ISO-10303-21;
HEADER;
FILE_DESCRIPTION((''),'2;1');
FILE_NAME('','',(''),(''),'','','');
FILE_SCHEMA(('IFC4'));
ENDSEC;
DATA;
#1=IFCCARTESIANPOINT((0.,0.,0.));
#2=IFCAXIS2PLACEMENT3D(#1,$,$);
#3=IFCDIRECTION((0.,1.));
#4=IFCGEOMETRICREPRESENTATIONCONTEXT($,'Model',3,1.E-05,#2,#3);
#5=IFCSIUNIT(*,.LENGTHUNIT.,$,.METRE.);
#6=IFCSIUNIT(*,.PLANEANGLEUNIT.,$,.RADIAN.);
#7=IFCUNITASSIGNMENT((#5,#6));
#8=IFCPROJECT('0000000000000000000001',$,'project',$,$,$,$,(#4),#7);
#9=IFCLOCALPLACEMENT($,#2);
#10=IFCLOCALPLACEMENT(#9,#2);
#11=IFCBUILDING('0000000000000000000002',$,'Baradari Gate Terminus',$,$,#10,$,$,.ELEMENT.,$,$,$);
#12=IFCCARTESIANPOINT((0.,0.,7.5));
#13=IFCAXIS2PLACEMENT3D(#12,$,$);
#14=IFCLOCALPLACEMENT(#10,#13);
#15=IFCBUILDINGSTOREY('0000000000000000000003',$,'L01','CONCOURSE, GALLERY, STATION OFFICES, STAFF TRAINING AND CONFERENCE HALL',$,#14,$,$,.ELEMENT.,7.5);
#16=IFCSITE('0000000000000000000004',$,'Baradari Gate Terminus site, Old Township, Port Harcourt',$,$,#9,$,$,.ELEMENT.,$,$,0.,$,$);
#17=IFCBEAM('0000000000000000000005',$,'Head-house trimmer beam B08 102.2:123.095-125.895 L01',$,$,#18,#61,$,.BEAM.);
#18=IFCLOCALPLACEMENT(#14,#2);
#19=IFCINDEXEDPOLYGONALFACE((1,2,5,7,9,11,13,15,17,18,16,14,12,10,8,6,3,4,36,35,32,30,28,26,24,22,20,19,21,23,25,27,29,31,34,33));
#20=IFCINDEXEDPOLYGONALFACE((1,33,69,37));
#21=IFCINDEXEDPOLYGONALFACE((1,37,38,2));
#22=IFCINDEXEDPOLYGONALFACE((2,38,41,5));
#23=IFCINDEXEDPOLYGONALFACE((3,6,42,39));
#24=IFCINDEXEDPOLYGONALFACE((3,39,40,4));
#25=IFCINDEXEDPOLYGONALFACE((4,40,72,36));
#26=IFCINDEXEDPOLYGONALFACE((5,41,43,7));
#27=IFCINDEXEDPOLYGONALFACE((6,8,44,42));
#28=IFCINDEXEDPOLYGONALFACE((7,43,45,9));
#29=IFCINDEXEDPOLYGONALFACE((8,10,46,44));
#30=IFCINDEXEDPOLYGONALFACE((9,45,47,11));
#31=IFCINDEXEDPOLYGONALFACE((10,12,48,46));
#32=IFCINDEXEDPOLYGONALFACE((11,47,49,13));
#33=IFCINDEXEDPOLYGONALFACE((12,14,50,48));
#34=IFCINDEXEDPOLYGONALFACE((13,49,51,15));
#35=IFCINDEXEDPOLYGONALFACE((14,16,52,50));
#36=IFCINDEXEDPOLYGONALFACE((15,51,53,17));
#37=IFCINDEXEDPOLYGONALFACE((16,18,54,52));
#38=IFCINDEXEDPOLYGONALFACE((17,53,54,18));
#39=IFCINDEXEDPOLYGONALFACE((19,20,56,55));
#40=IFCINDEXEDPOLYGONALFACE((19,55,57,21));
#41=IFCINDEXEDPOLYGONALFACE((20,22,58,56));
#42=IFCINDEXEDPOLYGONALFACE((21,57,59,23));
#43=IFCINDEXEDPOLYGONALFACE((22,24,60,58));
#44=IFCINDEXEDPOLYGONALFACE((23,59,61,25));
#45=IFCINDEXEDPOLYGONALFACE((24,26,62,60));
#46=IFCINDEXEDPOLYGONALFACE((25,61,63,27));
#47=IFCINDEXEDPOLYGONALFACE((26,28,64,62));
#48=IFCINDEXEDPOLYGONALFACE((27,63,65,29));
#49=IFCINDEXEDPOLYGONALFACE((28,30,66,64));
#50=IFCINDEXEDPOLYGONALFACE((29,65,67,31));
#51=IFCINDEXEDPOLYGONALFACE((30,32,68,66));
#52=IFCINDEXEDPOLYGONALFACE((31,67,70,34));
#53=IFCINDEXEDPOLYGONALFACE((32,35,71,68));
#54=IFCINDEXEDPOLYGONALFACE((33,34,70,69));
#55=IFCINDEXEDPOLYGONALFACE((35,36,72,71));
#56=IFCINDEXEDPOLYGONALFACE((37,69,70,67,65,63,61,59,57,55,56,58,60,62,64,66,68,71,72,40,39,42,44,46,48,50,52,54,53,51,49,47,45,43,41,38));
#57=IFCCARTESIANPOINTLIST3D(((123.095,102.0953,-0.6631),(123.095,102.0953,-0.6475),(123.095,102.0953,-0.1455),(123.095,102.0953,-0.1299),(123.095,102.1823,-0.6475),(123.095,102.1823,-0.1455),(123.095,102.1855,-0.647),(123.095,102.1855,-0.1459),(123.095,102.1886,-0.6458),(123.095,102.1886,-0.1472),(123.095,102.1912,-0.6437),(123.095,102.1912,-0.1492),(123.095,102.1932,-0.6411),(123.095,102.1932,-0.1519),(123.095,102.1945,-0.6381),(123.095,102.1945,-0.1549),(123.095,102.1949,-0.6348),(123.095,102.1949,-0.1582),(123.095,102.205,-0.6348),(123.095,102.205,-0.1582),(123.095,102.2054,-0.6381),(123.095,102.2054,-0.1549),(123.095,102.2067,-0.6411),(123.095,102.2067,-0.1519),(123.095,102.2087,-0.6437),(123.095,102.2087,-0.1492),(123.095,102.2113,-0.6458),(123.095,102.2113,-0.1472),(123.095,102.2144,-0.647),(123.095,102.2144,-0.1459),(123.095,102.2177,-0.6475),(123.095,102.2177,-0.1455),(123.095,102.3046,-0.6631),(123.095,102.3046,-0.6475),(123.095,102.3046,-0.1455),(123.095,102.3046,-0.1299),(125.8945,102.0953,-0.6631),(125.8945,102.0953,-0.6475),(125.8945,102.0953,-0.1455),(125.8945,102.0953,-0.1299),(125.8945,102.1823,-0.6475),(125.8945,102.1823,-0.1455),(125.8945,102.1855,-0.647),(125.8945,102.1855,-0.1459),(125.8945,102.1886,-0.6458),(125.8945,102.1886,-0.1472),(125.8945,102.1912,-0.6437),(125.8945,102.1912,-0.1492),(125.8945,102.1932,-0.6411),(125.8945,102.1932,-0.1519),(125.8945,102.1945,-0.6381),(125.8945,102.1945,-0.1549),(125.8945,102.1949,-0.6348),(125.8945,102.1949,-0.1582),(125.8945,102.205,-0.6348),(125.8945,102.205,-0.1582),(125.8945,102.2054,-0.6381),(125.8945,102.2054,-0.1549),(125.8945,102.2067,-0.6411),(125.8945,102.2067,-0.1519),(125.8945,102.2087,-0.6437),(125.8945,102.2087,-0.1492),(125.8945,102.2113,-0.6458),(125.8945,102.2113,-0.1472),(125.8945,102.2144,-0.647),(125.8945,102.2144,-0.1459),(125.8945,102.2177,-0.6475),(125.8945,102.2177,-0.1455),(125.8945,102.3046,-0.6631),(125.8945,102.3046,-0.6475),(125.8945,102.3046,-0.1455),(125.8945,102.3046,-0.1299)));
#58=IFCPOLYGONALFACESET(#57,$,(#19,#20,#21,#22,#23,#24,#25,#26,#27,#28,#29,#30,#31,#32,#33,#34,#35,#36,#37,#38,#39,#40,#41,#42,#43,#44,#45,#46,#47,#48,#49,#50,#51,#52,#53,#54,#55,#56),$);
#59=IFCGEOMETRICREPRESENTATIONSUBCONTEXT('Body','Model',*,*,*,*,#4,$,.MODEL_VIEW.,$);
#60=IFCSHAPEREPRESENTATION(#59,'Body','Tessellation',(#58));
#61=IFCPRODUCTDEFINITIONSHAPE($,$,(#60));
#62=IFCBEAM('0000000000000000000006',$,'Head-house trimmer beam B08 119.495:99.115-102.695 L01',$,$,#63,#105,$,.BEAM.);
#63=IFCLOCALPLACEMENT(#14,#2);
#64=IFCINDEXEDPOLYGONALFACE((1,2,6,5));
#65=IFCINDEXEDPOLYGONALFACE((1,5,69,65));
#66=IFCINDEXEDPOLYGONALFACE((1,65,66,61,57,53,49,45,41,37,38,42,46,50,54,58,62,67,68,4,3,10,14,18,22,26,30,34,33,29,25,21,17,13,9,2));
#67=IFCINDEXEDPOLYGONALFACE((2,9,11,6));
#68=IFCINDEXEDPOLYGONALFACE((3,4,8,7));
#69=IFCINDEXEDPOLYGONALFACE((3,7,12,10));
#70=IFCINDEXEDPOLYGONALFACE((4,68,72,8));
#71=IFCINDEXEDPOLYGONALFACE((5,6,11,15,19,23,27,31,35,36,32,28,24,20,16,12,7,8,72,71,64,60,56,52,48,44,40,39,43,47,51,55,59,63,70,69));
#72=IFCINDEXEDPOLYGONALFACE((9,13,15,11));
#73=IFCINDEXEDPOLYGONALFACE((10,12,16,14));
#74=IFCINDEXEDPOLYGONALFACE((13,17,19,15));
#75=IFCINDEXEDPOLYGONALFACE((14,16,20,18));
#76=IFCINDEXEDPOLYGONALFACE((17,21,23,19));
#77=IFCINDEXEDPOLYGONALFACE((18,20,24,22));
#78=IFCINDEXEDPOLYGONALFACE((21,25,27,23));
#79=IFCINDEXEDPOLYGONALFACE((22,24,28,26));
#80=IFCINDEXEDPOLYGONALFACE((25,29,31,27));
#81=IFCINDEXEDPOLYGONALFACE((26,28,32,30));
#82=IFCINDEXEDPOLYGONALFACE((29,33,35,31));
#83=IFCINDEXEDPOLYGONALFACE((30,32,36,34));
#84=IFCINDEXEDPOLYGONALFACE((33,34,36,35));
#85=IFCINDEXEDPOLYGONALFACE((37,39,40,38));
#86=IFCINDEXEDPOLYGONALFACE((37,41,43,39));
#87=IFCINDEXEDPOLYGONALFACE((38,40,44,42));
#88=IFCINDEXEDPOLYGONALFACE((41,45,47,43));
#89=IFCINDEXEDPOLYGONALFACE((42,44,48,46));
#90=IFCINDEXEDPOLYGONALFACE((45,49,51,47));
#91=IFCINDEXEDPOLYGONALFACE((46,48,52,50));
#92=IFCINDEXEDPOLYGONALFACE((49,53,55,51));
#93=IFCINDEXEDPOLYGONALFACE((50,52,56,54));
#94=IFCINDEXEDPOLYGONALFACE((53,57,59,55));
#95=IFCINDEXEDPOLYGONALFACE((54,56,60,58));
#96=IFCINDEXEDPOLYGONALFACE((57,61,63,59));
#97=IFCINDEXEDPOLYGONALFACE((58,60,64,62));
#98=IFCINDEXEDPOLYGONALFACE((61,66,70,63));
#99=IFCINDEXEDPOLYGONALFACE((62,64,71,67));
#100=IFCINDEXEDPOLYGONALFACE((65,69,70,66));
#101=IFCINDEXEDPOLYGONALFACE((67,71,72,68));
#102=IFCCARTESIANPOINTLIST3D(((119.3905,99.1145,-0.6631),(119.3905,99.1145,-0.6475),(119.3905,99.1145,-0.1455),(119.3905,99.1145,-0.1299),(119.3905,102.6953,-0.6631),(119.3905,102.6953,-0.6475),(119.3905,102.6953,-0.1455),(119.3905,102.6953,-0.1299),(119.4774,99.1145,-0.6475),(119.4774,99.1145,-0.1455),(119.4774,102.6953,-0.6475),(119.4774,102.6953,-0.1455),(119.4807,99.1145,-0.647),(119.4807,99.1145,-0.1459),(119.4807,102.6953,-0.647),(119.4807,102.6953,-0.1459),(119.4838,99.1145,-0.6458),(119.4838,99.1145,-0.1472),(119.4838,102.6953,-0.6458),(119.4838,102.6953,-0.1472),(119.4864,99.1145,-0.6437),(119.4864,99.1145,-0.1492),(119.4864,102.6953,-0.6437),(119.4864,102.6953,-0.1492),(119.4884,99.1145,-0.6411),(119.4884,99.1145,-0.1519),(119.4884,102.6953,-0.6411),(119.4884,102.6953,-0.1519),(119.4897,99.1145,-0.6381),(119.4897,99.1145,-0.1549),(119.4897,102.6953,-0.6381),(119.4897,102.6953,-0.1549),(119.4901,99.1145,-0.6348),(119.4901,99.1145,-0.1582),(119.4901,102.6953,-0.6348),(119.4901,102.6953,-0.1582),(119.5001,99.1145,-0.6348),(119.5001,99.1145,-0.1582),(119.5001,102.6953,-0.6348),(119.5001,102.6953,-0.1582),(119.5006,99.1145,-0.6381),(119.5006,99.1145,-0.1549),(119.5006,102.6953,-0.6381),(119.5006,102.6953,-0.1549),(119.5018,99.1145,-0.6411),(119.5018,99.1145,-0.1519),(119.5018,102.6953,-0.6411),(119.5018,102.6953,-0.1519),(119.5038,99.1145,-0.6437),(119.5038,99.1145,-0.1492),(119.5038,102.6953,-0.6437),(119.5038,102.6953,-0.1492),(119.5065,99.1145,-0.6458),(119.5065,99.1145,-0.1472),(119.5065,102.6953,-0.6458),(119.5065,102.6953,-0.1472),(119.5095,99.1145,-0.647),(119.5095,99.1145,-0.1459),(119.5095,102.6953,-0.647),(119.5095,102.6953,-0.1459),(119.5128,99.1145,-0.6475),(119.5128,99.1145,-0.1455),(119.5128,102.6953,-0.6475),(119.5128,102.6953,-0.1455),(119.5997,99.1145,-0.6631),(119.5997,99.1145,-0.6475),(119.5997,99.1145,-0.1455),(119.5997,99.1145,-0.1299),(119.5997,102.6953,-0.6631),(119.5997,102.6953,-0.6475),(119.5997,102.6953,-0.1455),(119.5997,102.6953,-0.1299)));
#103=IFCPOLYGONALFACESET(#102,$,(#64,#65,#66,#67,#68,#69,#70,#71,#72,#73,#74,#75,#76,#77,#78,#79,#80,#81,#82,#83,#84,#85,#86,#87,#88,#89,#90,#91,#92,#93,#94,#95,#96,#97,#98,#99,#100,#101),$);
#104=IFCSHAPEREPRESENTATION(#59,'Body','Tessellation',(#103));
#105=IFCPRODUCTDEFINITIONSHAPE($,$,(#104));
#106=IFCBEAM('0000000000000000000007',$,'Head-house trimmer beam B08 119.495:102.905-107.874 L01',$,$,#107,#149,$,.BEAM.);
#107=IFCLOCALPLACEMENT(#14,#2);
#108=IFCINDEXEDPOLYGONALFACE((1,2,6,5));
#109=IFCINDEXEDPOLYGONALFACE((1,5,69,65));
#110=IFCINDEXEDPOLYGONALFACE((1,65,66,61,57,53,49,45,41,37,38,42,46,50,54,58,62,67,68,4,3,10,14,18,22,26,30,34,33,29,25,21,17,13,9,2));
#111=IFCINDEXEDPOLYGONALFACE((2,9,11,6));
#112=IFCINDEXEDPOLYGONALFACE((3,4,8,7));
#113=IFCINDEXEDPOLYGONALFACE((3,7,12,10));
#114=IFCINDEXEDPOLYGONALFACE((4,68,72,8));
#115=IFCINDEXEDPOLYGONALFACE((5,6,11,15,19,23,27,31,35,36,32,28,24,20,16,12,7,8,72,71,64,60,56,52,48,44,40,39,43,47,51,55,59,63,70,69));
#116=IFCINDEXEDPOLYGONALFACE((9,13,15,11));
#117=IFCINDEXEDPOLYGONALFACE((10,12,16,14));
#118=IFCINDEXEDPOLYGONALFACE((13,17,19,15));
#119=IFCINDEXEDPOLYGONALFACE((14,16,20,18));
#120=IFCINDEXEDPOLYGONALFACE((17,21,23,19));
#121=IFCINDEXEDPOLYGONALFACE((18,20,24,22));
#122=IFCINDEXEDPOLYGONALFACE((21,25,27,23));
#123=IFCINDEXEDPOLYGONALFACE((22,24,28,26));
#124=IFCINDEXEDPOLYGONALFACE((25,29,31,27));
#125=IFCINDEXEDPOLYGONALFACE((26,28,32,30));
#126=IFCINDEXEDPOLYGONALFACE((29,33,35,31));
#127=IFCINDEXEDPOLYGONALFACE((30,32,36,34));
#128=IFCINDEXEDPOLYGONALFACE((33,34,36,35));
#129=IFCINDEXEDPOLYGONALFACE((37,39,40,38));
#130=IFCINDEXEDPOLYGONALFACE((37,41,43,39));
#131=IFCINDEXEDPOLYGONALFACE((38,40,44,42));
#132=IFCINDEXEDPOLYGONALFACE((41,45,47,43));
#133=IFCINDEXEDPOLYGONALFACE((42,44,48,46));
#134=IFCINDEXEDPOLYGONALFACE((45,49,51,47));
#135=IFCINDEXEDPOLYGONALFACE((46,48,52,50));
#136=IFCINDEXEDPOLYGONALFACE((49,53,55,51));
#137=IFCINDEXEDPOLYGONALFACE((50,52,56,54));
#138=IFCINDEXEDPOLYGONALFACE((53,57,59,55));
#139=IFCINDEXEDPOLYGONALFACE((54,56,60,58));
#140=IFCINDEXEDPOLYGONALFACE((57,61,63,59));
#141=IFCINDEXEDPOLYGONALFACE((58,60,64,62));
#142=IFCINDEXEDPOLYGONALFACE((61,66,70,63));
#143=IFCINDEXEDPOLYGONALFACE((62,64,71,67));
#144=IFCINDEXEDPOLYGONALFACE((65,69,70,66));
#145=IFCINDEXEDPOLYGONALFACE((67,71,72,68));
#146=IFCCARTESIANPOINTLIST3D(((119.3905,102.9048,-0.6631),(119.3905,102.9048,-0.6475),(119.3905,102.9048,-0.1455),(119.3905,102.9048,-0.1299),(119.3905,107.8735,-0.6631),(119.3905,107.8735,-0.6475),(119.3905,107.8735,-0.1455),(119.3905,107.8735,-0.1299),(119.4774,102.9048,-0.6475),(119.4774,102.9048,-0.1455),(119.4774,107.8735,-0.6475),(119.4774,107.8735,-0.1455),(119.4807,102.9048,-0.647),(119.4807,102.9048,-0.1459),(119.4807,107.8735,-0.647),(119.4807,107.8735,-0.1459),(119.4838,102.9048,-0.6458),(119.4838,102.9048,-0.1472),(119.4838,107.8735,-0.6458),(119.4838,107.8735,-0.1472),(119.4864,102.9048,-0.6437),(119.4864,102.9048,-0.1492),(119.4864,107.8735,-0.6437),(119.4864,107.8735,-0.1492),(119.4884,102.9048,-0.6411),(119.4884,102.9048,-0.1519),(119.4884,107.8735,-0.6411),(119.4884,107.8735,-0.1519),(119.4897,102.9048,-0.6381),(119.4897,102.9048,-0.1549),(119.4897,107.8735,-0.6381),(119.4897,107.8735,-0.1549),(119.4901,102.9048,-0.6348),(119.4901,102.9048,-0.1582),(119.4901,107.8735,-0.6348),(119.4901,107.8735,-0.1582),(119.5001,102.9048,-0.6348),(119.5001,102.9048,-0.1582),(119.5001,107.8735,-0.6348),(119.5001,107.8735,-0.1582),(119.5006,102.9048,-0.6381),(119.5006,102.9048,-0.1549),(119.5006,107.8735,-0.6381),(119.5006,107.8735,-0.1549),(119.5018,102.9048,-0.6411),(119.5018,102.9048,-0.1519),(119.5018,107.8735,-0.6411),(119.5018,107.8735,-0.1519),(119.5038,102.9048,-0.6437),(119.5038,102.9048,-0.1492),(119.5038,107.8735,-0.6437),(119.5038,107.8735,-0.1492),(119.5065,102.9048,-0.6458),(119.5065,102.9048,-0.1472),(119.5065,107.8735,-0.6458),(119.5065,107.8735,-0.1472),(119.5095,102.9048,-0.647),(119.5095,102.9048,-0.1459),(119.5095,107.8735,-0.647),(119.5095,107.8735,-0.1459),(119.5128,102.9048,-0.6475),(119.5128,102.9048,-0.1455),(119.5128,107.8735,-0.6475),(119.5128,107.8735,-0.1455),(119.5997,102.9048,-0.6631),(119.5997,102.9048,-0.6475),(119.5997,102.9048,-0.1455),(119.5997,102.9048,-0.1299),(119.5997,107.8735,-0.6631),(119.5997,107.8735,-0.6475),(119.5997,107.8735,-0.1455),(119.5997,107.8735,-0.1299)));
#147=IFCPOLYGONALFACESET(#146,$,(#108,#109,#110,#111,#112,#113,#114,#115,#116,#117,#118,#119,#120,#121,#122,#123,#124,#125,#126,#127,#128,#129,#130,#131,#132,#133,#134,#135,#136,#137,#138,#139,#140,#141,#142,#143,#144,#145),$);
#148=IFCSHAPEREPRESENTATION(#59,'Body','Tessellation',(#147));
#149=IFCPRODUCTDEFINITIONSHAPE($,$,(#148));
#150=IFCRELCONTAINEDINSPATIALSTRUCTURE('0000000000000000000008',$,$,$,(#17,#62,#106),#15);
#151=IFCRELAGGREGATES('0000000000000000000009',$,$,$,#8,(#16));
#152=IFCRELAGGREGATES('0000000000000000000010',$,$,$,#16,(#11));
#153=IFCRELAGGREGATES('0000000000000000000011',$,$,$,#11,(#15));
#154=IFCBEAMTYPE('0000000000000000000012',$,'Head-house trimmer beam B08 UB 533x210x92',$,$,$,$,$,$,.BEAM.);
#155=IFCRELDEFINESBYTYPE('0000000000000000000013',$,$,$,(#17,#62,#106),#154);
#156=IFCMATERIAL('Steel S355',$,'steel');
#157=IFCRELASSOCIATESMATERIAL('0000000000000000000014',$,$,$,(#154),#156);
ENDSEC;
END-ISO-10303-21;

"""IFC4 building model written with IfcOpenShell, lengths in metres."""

from ifc_helpers import new_model, si_unit, direction, frame, origin, origin_2d, place, context, subcontext, project, spatial, i_section, extrude, material, material_profile, profile_set, type_object, element, save


model = new_model("IFC4")

# Units and contexts
model_context = context("Model", 3, precision=1e-05, world=origin(), true_north=direction((0.0, 1.0)))
body_context = subcontext(model_context, "Body", "Model", "MODEL_VIEW")
ifc_project = project(units=[si_unit("LENGTHUNIT", "METRE"), si_unit("PLANEANGLEUNIT", "RADIAN")], contexts=[model_context])

# Site, building, storey
site_placement = place(None, origin())
site = spatial("IfcSite", under=ifc_project, at=site_placement, Name="Baradari Gate Terminus site, Old Township, Port Harcourt", CompositionType="ELEMENT", RefElevation=0.0)
building_placement = place(site_placement, origin())
building = spatial("IfcBuilding", under=site, at=building_placement, Name="Baradari Gate Terminus", CompositionType="ELEMENT")
storey_placement = place(building_placement, frame((0.0, 0.0, 7.5)))
storey = spatial("IfcBuildingStorey", under=building, at=storey_placement, Name="L01", Description="CONCOURSE, GALLERY, STATION OFFICES, STAFF TRAINING AND CONFERENCE HALL", CompositionType="ELEMENT", Elevation=7.5)

# Beams
ifc_material_1 = material(Name="Steel S355", Category="steel")
ifc_material_profile_1 = material_profile(ifc_material_1, i_section(OverallWidth=0.2092, OverallDepth=0.5332, WebThickness=0.01, FlangeThickness=0.0156, FilletRadius=0.0127, at=origin_2d()), Name="UB 533x210x92")
ifc_profile_set_1 = profile_set([ifc_material_profile_1], Name="Steel S355")
beam_type_1 = type_object("IfcBeamType", Name="Head-house trimmer beam B08 UB 533x210x92", PredefinedType="BEAM", material=ifc_profile_set_1)
beam_1_placement = place(storey_placement, frame((123.095, 102.2, -0.3965), z_axis=(1.0, 0.0, 0.0), x_axis=(0.0, 1.0, 0.0)))
element("IfcBeam", 1, at=beam_1_placement, inside=storey, type_object=beam_type_1, Name="Head-house trimmer beam B08 102.2:123.095-125.895 L01", PredefinedType="BEAM", context=body_context, shape_type="SweptSolid", body=[
    extrude(i_section(OverallWidth=0.2092, OverallDepth=0.5332, WebThickness=0.01, FlangeThickness=0.0156, FilletRadius=0.0127, at=origin_2d()), origin(), (0.0, 0.0, 1.0), 2.7996),
])
beam_2_placement = place(storey_placement, frame((119.4951, 99.1145, -0.3965), z_axis=(0.0, 1.0, 0.0), x_axis=(-1.0, 0.0, 0.0)))
element("IfcBeam", 2, at=beam_2_placement, inside=storey, type_object=beam_type_1, Name="Head-house trimmer beam B08 119.495:99.115-102.695 L01", PredefinedType="BEAM", context=body_context, shape_type="SweptSolid", body=[
    extrude(i_section(OverallWidth=0.2092, OverallDepth=0.5332, WebThickness=0.01, FlangeThickness=0.0156, FilletRadius=0.0127, at=origin_2d()), origin(), (0.0, 0.0, 1.0), 3.5808),
])
beam_3_placement = place(storey_placement, frame((119.4951, 102.9048, -0.3965), z_axis=(0.0, 1.0, 0.0), x_axis=(-1.0, 0.0, 0.0)))
element("IfcBeam", 3, at=beam_3_placement, inside=storey, type_object=beam_type_1, Name="Head-house trimmer beam B08 119.495:102.905-107.874 L01", PredefinedType="BEAM", context=body_context, shape_type="SweptSolid", body=[
    extrude(i_section(OverallWidth=0.2092, OverallDepth=0.5332, WebThickness=0.01, FlangeThickness=0.0156, FilletRadius=0.0127, at=origin_2d()), origin(), (0.0, 0.0, 1.0), 4.9688),
])

save(model, "model.ifc")
